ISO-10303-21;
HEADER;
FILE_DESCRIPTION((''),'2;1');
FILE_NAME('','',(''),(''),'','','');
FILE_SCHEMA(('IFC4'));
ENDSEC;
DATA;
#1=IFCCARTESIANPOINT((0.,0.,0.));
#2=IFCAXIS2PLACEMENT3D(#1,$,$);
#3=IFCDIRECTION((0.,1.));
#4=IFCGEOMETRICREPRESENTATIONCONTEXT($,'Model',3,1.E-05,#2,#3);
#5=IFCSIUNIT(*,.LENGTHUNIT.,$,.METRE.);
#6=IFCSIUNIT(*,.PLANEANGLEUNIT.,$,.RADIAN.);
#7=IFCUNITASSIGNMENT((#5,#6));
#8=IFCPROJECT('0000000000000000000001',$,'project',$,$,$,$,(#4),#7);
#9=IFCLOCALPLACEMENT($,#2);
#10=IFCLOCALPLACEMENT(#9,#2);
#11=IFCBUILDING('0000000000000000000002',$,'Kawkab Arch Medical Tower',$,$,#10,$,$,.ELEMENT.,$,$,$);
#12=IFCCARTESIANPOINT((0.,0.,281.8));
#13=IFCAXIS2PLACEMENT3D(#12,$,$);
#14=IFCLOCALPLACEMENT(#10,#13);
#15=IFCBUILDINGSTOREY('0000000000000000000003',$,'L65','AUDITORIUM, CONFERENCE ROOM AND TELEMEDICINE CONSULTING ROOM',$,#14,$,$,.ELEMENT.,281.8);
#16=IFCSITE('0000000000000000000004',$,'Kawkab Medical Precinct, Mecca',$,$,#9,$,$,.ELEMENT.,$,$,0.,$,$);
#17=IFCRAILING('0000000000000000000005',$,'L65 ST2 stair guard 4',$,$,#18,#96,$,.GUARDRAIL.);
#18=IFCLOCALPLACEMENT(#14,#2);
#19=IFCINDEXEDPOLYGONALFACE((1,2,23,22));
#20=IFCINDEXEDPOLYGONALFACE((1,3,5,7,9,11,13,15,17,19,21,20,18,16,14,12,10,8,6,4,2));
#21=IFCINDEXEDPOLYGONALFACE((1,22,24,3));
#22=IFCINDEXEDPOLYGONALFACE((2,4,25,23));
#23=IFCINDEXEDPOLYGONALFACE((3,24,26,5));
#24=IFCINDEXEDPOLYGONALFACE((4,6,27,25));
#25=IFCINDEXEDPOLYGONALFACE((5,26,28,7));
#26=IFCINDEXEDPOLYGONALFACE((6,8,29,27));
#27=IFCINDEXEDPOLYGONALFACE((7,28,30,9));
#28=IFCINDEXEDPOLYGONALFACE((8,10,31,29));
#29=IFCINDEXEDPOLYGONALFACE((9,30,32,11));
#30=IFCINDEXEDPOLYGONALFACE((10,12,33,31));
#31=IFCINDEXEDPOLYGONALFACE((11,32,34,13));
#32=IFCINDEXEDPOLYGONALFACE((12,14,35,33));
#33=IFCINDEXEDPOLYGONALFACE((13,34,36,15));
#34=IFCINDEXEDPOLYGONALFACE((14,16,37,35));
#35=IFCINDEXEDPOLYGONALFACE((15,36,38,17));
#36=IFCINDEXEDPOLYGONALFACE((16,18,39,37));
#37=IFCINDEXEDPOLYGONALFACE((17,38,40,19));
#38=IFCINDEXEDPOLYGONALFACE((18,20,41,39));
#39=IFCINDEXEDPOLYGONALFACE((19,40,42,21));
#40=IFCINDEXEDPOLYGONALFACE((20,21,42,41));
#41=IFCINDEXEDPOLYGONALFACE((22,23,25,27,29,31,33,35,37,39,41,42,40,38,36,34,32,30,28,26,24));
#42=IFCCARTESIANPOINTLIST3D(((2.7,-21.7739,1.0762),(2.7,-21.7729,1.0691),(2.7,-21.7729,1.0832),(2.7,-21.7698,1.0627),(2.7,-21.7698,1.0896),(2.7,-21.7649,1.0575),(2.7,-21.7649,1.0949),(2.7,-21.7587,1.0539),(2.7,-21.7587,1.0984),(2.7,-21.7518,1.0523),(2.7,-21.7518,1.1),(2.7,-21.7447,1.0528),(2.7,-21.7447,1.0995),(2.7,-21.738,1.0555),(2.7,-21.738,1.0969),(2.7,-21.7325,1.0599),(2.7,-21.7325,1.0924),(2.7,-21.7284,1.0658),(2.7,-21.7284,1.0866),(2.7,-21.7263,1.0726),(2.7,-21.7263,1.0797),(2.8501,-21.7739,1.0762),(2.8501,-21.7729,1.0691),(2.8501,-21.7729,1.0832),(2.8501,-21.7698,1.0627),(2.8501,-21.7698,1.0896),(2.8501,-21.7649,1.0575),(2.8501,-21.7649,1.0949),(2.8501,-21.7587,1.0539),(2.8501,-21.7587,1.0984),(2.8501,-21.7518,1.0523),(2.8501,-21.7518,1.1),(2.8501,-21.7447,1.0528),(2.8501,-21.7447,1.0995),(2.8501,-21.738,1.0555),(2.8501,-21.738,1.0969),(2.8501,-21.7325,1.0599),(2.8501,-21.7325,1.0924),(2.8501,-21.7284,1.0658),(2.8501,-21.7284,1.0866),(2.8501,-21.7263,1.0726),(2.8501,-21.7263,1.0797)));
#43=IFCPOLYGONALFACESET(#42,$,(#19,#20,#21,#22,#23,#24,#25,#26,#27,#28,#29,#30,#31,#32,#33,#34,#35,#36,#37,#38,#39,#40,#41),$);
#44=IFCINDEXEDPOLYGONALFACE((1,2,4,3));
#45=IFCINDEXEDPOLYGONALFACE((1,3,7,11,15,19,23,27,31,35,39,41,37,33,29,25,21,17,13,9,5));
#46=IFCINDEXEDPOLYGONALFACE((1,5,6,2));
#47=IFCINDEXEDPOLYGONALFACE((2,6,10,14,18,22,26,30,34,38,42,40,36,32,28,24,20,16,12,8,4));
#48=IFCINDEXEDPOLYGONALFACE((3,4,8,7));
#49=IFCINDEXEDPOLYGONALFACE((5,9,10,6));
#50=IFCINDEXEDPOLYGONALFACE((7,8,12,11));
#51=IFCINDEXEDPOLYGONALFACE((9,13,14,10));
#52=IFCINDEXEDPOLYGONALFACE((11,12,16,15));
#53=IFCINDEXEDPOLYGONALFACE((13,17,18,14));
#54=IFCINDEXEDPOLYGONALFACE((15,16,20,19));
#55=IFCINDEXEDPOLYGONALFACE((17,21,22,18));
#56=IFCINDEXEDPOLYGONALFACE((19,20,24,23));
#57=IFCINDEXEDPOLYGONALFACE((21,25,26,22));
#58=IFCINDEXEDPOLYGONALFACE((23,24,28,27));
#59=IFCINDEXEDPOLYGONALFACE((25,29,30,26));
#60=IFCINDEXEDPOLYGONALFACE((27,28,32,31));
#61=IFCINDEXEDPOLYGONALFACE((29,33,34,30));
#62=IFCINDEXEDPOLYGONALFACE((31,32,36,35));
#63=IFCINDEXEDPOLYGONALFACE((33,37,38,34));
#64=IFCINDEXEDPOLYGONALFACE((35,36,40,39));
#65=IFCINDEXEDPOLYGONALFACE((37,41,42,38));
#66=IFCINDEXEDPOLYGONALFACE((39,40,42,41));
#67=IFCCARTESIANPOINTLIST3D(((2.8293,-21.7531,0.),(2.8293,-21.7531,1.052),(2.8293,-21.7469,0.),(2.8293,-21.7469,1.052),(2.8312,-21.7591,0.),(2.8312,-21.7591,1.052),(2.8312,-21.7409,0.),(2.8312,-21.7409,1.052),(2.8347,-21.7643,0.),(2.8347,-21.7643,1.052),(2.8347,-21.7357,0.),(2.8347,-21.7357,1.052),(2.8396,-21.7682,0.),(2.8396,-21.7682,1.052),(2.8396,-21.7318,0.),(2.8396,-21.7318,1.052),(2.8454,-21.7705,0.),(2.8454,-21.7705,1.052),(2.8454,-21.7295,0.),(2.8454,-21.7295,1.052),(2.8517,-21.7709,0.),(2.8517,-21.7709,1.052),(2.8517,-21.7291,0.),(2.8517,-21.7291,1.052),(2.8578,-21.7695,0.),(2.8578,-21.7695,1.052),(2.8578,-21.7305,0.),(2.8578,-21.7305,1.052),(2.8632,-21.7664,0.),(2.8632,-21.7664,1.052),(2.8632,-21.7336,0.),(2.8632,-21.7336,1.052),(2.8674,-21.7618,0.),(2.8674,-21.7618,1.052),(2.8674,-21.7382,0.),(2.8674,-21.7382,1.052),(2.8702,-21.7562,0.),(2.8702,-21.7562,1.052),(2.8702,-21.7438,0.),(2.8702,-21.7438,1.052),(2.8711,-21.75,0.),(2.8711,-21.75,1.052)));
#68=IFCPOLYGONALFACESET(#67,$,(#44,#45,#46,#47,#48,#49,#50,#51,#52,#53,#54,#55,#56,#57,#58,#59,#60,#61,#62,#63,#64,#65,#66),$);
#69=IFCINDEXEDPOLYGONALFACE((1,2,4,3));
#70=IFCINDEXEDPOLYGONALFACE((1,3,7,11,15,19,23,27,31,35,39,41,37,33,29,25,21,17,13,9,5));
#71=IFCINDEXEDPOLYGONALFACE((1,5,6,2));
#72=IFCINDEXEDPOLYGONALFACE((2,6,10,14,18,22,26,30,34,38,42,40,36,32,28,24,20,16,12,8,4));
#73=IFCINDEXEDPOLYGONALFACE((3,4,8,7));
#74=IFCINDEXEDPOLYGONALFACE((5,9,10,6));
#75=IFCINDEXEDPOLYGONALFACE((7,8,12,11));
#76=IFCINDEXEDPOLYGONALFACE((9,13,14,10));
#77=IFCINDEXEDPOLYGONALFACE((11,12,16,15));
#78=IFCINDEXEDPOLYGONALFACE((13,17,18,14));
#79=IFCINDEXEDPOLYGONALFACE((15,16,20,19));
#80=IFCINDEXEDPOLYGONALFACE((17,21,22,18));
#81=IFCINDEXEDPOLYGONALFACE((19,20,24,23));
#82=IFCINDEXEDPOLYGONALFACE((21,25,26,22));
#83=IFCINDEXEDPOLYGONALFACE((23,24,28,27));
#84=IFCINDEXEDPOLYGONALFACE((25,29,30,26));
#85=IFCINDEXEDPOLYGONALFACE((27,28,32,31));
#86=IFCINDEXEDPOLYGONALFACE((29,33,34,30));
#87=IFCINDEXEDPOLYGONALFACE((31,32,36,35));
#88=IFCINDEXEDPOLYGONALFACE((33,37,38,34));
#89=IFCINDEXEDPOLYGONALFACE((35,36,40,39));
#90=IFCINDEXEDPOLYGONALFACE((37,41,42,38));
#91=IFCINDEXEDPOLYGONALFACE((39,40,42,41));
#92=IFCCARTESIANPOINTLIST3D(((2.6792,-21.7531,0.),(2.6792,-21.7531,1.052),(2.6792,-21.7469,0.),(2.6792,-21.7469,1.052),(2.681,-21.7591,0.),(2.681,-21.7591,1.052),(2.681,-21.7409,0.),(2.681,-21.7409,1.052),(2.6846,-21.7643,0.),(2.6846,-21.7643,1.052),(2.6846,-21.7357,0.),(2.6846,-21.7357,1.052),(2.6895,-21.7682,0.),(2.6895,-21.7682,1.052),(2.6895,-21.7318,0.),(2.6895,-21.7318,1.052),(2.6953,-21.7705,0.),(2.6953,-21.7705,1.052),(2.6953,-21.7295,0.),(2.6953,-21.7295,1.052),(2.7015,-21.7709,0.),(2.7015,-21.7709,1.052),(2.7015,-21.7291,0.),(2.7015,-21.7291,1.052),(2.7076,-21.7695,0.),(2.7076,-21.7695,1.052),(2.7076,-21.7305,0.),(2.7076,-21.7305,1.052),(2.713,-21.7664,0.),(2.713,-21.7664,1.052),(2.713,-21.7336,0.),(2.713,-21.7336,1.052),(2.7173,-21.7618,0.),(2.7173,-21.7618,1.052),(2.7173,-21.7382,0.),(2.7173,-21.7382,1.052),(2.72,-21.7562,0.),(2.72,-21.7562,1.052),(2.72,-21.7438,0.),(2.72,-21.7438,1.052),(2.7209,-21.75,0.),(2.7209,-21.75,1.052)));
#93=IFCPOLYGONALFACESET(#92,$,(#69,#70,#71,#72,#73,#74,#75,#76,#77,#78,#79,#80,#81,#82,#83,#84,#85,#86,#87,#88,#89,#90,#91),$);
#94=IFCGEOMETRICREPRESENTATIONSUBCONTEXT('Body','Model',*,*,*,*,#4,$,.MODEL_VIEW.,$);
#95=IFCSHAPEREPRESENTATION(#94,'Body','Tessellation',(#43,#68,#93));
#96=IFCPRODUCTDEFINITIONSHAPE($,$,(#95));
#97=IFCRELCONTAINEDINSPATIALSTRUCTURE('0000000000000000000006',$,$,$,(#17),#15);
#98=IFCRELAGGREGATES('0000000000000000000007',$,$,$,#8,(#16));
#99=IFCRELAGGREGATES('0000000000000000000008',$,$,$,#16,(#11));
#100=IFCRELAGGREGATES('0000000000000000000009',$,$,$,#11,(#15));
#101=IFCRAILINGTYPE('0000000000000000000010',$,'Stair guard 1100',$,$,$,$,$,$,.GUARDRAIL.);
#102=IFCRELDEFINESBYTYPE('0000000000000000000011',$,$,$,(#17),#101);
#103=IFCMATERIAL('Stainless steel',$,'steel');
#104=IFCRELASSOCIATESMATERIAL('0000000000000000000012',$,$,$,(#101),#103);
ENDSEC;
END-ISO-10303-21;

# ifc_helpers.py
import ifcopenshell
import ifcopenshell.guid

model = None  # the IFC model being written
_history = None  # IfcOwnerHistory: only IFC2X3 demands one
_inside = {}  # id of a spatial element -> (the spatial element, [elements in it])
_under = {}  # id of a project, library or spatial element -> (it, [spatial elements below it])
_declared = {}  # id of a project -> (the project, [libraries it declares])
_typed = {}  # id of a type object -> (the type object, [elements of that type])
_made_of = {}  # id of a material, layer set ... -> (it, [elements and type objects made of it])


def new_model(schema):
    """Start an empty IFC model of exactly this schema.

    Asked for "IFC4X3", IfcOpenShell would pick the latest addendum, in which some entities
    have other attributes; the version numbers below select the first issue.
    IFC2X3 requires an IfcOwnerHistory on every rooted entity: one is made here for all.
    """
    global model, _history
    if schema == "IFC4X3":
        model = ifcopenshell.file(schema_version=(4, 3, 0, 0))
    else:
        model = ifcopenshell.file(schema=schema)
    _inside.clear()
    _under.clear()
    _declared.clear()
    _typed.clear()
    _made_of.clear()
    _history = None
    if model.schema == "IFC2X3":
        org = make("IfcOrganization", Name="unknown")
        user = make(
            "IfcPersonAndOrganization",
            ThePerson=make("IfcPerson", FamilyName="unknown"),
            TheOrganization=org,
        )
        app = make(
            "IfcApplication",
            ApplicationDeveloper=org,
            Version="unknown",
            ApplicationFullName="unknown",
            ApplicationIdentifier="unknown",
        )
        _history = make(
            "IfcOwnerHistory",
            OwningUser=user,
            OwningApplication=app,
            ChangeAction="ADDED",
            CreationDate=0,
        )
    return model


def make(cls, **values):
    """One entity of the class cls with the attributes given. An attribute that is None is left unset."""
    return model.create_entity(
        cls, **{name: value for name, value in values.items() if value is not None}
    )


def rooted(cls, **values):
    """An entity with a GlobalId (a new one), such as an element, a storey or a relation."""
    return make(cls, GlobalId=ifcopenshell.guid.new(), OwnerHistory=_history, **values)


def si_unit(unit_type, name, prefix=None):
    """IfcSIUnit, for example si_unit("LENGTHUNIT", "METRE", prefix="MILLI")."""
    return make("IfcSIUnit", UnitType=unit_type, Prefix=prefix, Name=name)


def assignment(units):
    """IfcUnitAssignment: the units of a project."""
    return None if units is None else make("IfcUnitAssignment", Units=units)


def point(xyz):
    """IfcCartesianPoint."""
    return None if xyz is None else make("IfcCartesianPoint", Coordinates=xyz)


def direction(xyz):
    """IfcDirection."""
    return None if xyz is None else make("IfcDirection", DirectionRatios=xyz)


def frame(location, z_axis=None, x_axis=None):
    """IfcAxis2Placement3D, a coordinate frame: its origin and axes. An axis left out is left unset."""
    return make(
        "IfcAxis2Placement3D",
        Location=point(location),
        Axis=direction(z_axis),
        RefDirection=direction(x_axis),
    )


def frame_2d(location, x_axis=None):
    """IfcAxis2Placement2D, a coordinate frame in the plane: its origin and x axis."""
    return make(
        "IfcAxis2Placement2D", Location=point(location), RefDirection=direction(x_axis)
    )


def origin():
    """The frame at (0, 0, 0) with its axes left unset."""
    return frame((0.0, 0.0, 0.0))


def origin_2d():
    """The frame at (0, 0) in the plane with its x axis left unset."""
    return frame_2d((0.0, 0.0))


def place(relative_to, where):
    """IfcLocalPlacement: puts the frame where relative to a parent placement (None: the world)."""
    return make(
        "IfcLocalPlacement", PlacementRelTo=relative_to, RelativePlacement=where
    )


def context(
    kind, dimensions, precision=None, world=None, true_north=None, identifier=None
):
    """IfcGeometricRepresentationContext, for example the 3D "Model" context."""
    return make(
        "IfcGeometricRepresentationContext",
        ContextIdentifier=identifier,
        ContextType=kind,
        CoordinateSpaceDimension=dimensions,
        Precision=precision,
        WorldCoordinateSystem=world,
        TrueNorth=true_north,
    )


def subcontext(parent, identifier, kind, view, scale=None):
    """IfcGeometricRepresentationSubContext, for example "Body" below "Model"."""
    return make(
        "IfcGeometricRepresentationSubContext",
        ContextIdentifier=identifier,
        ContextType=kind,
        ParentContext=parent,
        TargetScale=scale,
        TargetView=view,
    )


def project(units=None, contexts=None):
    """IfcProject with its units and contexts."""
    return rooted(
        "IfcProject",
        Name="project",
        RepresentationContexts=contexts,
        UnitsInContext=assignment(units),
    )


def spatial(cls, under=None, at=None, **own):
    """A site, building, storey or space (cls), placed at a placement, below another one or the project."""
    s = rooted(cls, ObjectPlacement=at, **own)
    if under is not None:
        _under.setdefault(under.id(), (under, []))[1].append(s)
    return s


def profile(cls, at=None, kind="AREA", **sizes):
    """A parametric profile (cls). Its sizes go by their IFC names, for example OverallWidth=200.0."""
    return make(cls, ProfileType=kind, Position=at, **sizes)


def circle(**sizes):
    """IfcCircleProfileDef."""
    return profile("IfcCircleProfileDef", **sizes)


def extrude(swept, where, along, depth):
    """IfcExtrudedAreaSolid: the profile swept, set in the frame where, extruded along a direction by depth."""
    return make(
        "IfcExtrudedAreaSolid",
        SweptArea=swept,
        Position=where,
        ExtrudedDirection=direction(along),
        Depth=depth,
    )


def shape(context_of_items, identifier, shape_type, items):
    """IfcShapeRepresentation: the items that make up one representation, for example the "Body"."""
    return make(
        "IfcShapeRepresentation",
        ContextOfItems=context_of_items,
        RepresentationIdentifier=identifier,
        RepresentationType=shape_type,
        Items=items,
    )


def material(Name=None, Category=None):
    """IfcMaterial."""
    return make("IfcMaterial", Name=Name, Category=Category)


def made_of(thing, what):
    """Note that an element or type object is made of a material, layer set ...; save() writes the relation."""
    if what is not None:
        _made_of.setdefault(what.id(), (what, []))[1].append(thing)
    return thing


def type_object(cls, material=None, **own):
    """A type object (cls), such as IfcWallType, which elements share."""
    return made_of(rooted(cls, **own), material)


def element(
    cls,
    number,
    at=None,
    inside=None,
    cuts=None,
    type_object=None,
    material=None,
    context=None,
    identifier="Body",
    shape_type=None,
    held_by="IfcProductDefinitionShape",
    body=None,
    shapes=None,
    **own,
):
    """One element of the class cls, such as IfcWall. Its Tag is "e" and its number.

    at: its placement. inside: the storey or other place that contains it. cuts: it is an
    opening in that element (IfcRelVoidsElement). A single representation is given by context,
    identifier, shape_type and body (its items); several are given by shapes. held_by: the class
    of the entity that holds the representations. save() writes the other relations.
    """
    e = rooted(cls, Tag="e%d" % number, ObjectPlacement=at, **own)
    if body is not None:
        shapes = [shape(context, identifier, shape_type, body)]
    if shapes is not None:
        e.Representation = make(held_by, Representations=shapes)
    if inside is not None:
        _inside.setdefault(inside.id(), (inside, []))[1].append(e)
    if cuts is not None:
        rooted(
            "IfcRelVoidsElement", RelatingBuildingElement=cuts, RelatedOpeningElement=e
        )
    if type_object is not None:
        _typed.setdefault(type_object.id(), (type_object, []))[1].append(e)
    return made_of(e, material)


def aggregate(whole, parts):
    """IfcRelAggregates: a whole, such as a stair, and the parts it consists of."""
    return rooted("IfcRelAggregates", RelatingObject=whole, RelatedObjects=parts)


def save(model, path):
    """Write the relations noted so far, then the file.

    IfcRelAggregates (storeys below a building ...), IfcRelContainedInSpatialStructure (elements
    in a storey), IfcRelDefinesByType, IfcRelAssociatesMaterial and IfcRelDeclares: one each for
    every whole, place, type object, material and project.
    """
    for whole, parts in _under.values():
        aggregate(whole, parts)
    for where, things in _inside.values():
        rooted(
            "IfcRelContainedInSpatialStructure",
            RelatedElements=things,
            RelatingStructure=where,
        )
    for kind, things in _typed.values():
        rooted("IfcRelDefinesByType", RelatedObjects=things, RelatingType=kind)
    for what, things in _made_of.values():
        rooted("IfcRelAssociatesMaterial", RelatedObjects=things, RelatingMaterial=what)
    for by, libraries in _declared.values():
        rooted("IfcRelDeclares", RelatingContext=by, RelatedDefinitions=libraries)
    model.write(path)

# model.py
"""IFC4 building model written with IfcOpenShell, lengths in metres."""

from ifc_helpers import new_model, si_unit, direction, frame, origin, origin_2d, place, context, subcontext, project, spatial, circle, extrude, material, type_object, element, save


model = new_model("IFC4")

# Units and contexts
model_context = context("Model", 3, precision=1e-05, world=origin(), true_north=direction((0.0, 1.0)))
body_context = subcontext(model_context, "Body", "Model", "MODEL_VIEW")
ifc_project = project(units=[si_unit("LENGTHUNIT", "METRE"), si_unit("PLANEANGLEUNIT", "RADIAN")], contexts=[model_context])

# Site, building, storey
site_placement = place(None, origin())
site = spatial("IfcSite", under=ifc_project, at=site_placement, Name="Kawkab Medical Precinct, Mecca", CompositionType="ELEMENT", RefElevation=0.0)
building_placement = place(site_placement, origin())
building = spatial("IfcBuilding", under=site, at=building_placement, Name="Kawkab Arch Medical Tower", CompositionType="ELEMENT")
storey_placement = place(building_placement, frame((0.0, 0.0, 281.8)))
storey = spatial("IfcBuildingStorey", under=building, at=storey_placement, Name="L65", Description="AUDITORIUM, CONFERENCE ROOM AND TELEMEDICINE CONSULTING ROOM", CompositionType="ELEMENT", Elevation=281.8)

# Railing
ifc_material_1 = material(Name="Stainless steel", Category="steel")
railing_type = type_object("IfcRailingType", Name="Stair guard 1100", PredefinedType="GUARDRAIL", material=ifc_material_1)
railing_1_placement = place(storey_placement, frame((2.8501, -21.75, 0.0)))
element("IfcRailing", 1, at=railing_1_placement, inside=storey, type_object=railing_type, Name="L65 ST2 stair guard 4", PredefinedType="GUARDRAIL", context=body_context, shape_type="SweptSolid", body=[
    extrude(circle(Radius=0.0239, at=origin_2d()), frame((0.0, 0.0, 1.0762), z_axis=(-1.0, 0.0, 0.0), x_axis=(0.0, -1.0, 0.0)), (0.0, 0.0, 1.0), 0.1501),
    extrude(circle(Radius=0.021, at=origin_2d()), origin(), (0.0, 0.0, 1.0), 1.052),
    extrude(circle(Radius=0.021, at=origin_2d()), frame((-0.1501, 0.0, 0.0)), (0.0, 0.0, 1.0), 1.052),
])

save(model, "model.ifc")
